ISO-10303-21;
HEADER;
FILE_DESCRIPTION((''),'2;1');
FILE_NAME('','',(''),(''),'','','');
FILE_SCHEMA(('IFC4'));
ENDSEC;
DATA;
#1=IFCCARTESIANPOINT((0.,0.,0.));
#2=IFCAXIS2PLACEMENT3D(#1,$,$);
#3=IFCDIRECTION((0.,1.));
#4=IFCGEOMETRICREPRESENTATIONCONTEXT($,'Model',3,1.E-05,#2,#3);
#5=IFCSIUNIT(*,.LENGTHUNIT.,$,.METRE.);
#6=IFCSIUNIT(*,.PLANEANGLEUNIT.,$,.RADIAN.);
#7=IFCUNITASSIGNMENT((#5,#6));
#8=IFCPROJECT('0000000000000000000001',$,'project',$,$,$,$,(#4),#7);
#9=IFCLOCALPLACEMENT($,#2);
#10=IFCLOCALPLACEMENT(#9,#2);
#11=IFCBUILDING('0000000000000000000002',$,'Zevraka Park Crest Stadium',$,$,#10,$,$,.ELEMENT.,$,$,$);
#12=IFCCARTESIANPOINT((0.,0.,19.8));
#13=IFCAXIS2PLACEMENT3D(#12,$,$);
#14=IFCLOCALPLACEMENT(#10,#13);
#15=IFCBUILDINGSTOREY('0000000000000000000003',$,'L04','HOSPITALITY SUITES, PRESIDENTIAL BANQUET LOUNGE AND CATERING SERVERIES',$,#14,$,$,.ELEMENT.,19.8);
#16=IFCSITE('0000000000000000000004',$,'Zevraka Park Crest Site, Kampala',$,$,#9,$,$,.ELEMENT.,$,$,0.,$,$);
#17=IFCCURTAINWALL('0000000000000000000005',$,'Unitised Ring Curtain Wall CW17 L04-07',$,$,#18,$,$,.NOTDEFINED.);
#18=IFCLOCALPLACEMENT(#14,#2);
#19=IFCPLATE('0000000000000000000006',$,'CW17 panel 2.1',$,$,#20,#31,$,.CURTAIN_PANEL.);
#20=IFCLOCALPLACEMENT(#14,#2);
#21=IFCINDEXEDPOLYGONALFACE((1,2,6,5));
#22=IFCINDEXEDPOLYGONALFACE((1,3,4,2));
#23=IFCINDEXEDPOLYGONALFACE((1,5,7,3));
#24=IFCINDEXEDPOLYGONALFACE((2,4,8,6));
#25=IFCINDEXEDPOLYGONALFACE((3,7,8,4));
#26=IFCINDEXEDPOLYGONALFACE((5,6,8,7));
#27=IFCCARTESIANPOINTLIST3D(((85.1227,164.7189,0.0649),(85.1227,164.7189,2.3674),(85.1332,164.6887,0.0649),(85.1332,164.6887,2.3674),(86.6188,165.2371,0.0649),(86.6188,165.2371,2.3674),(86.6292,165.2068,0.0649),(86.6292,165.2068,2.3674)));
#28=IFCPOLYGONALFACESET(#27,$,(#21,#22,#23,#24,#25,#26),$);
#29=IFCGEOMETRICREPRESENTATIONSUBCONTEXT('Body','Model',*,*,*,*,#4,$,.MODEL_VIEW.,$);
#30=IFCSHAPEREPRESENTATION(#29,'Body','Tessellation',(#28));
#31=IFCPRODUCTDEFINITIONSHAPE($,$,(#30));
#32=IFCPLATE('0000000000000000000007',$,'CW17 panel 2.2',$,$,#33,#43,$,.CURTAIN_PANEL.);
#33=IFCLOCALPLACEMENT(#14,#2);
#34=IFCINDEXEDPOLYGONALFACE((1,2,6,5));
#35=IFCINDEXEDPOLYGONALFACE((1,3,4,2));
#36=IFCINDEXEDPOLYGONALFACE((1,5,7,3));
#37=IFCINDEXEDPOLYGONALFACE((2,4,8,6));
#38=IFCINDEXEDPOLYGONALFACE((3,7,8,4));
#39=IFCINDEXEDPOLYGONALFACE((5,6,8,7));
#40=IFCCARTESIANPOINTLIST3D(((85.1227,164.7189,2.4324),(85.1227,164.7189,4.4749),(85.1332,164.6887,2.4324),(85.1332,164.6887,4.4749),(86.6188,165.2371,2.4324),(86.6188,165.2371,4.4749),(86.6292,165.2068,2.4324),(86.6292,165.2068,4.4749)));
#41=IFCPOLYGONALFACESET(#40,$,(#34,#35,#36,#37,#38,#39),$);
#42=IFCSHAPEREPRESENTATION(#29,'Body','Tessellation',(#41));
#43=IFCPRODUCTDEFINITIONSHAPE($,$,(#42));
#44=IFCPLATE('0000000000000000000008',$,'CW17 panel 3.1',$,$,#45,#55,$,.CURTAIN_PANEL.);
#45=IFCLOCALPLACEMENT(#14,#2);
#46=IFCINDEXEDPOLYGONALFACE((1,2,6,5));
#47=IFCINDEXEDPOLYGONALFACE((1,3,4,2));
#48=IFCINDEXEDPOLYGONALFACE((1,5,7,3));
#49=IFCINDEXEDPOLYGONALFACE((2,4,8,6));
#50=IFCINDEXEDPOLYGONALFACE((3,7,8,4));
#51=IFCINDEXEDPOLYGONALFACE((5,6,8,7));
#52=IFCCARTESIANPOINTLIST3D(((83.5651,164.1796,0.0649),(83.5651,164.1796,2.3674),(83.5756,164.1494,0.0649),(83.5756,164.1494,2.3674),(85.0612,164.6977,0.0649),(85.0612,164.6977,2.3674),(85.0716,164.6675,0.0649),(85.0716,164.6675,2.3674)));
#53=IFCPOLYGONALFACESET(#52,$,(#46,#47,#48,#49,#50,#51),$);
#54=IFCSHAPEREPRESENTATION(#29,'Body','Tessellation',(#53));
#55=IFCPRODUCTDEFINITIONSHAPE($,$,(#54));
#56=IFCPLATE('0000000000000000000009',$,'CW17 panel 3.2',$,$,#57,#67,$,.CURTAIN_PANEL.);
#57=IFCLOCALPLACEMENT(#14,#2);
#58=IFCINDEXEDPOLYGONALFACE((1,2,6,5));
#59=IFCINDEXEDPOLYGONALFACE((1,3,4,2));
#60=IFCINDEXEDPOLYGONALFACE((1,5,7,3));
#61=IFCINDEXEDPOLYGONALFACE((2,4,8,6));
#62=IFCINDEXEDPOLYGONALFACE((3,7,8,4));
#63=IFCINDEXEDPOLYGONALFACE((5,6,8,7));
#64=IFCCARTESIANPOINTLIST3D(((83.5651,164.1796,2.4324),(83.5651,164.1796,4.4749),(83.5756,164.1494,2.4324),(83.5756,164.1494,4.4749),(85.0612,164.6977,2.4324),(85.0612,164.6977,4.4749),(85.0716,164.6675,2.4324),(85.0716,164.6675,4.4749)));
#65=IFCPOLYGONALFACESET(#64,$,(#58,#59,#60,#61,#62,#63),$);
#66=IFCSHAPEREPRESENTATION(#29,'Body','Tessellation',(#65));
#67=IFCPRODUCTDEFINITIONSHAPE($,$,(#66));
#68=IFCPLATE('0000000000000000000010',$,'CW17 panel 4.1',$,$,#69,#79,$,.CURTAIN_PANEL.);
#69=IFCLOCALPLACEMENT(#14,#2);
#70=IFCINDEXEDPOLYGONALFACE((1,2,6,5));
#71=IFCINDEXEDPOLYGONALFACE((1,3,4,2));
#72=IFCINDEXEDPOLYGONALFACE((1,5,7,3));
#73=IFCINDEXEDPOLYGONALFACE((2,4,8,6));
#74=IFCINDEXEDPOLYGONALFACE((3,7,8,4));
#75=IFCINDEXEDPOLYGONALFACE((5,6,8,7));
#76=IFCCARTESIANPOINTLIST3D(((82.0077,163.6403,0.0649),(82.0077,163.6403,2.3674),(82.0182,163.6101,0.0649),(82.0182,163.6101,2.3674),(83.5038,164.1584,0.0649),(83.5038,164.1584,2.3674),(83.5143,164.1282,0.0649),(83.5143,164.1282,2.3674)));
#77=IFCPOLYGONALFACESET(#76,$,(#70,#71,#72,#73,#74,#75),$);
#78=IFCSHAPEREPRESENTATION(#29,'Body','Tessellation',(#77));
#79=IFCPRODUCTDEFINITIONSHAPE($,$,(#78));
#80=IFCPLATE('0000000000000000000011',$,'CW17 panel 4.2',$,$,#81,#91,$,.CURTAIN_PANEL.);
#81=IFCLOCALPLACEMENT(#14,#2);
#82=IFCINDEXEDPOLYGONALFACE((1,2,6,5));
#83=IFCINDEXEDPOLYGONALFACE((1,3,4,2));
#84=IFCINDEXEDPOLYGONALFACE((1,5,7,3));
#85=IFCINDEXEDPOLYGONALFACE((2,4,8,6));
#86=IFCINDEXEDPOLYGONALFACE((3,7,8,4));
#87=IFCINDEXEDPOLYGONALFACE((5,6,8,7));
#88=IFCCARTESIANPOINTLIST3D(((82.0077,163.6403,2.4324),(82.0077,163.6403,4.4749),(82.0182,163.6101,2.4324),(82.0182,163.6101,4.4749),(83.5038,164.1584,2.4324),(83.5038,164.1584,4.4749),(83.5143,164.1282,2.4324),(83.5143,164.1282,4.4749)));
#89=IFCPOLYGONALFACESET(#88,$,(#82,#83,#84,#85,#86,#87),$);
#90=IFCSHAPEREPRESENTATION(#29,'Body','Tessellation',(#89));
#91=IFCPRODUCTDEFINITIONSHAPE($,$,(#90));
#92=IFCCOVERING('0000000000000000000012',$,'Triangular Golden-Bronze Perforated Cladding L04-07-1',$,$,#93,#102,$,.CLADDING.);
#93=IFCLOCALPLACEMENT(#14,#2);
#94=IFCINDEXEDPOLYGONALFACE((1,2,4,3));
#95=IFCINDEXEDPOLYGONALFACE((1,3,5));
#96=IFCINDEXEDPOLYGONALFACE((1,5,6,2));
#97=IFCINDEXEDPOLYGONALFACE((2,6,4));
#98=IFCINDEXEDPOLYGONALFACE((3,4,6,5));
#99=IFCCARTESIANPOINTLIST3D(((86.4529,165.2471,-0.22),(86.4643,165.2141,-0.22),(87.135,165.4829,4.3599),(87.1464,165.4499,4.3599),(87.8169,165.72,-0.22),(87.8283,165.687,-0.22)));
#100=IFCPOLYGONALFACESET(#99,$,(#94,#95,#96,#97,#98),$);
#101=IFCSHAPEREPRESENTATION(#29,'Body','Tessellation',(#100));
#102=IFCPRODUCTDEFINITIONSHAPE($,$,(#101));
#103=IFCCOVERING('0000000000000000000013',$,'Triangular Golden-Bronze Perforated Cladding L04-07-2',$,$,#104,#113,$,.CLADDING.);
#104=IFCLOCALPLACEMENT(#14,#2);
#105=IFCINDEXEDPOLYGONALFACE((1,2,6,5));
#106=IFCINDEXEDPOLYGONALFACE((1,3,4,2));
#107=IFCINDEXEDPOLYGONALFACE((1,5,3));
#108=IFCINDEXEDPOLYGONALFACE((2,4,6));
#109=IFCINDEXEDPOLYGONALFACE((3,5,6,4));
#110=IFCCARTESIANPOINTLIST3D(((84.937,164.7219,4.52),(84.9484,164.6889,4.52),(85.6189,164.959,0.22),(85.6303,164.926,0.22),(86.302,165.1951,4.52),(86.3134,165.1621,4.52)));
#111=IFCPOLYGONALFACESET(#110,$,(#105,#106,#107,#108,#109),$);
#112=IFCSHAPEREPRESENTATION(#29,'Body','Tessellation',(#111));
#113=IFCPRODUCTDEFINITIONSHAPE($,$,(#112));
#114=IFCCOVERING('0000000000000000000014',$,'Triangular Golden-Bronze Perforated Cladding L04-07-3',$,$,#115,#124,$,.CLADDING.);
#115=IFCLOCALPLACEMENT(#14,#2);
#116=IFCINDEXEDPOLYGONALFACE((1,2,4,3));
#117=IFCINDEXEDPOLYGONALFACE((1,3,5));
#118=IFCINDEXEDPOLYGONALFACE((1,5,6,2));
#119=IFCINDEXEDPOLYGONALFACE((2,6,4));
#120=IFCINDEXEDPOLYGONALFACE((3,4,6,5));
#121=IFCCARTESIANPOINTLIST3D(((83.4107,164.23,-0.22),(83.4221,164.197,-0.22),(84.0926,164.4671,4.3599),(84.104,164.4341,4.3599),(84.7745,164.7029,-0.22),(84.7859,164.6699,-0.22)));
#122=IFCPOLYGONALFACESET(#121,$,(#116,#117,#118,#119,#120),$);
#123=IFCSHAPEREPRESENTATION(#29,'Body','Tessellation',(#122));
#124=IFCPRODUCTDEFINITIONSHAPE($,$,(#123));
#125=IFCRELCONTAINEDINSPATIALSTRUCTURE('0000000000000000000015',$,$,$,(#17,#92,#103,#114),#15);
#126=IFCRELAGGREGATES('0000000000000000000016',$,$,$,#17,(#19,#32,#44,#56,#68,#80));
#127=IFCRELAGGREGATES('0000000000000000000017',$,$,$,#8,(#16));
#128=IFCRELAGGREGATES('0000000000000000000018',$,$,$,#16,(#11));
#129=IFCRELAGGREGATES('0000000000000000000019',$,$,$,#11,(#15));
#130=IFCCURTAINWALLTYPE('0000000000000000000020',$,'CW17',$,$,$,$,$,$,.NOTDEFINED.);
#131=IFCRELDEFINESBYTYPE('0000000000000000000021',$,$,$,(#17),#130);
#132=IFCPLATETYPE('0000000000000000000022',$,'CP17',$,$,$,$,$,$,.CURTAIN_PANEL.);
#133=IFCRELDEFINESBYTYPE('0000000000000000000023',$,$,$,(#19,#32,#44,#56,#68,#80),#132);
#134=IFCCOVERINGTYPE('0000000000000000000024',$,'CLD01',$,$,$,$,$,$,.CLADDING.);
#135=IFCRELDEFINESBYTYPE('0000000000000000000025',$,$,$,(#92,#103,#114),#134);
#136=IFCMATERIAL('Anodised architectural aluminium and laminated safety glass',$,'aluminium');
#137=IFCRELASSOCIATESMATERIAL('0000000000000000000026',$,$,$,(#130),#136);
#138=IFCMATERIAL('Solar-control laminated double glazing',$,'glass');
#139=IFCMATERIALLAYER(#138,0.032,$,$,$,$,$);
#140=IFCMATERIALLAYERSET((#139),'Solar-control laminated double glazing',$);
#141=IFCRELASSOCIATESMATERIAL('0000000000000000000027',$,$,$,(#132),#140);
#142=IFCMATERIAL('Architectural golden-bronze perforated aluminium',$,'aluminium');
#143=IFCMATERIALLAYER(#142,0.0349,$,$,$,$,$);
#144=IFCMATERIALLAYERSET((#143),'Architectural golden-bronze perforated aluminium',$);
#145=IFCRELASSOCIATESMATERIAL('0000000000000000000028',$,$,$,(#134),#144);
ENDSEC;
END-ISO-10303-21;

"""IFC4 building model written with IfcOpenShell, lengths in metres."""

from ifc_helpers import new_model, si_unit, direction, frame, origin, origin_2d, place, context, subcontext, project, spatial, polyline, rectangle, outline, extrude, material, layer, layer_set, type_object, element, aggregate, save


model = new_model("IFC4")

# Units and contexts
model_context = context("Model", 3, precision=1e-05, world=origin(), true_north=direction((0.0, 1.0)))
body_context = subcontext(model_context, "Body", "Model", "MODEL_VIEW")
ifc_project = project(units=[si_unit("LENGTHUNIT", "METRE"), si_unit("PLANEANGLEUNIT", "RADIAN")], contexts=[model_context])

# Site, building, storey
site_placement = place(None, origin())
site = spatial("IfcSite", under=ifc_project, at=site_placement, Name="Zevraka Park Crest Site, Kampala", CompositionType="ELEMENT", RefElevation=0.0)
building_placement = place(site_placement, origin())
building = spatial("IfcBuilding", under=site, at=building_placement, Name="Zevraka Park Crest Stadium", CompositionType="ELEMENT")
storey_placement = place(building_placement, frame((0.0, 0.0, 19.8)))
storey = spatial("IfcBuildingStorey", under=building, at=storey_placement, Name="L04", Description="HOSPITALITY SUITES, PRESIDENTIAL BANQUET LOUNGE AND CATERING SERVERIES", CompositionType="ELEMENT", Elevation=19.8)

# Curtain wall, plates
ifc_material_1 = material(Name="Anodised architectural aluminium and laminated safety glass", Category="aluminium")
curtain_wall_type = type_object("IfcCurtainWallType", Name="CW17", PredefinedType="NOTDEFINED", material=ifc_material_1)
curtain_wall_placement = place(storey_placement, origin())
curtain_wall = element("IfcCurtainWall", 1, at=curtain_wall_placement, inside=storey, type_object=curtain_wall_type, Name="Unitised Ring Curtain Wall CW17 L04-07", PredefinedType="NOTDEFINED")
ifc_material_2 = material(Name="Solar-control laminated double glazing", Category="glass")
ifc_layer_1 = layer(ifc_material_2, 0.032)
ifc_layer_set_1 = layer_set([ifc_layer_1], Name="Solar-control laminated double glazing")
plate_type = type_object("IfcPlateType", Name="CP17", PredefinedType="CURTAIN_PANEL", material=ifc_layer_set_1)
plate_1_placement = place(storey_placement, frame((85.876, 164.9629, 0.0649), z_axis=(0.0, 0.0, 1.0), x_axis=(-0.94494, -0.327245, 0.0)))
plate_1 = element("IfcPlate", 2, at=plate_1_placement, type_object=plate_type, Name="CW17 panel 2.1", PredefinedType="CURTAIN_PANEL", context=body_context, shape_type="SweptSolid", body=[
    extrude(rectangle(XDim=1.5833, YDim=0.032, at=origin_2d()), origin(), (0.0, 0.0, 1.0), 2.3025),
])
plate_2_placement = place(storey_placement, frame((85.876, 164.9629, 2.4324), z_axis=(0.0, 0.0, 1.0), x_axis=(-0.94494, -0.327245, 0.0)))
plate_2 = element("IfcPlate", 3, at=plate_2_placement, type_object=plate_type, Name="CW17 panel 2.2", PredefinedType="CURTAIN_PANEL", context=body_context, shape_type="SweptSolid", body=[
    extrude(rectangle(XDim=1.5833, YDim=0.032, at=origin_2d()), origin(), (0.0, 0.0, 1.0), 2.0425),
])
plate_3_placement = place(storey_placement, frame((84.3184, 164.4236, 0.0649), z_axis=(0.0, 0.0, 1.0), x_axis=(-0.94494, -0.327245, 0.0)))
plate_3 = element("IfcPlate", 4, at=plate_3_placement, type_object=plate_type, Name="CW17 panel 3.1", PredefinedType="CURTAIN_PANEL", context=body_context, shape_type="SweptSolid", body=[
    extrude(rectangle(XDim=1.5833, YDim=0.032, at=origin_2d()), origin(), (0.0, 0.0, 1.0), 2.3025),
])
plate_4_placement = place(storey_placement, frame((84.3184, 164.4236, 2.4324), z_axis=(0.0, 0.0, 1.0), x_axis=(-0.94494, -0.327245, 0.0)))
plate_4 = element("IfcPlate", 5, at=plate_4_placement, type_object=plate_type, Name="CW17 panel 3.2", PredefinedType="CURTAIN_PANEL", context=body_context, shape_type="SweptSolid", body=[
    extrude(rectangle(XDim=1.5833, YDim=0.032, at=origin_2d()), origin(), (0.0, 0.0, 1.0), 2.0425),
])
plate_5_placement = place(storey_placement, frame((82.761, 163.8843, 0.0649), z_axis=(0.0, 0.0, 1.0), x_axis=(-0.94494, -0.327245, 0.0)))
plate_5 = element("IfcPlate", 6, at=plate_5_placement, type_object=plate_type, Name="CW17 panel 4.1", PredefinedType="CURTAIN_PANEL", context=body_context, shape_type="SweptSolid", body=[
    extrude(rectangle(XDim=1.5833, YDim=0.032, at=origin_2d()), origin(), (0.0, 0.0, 1.0), 2.3025),
])
plate_6_placement = place(storey_placement, frame((82.761, 163.8843, 2.4324), z_axis=(0.0, 0.0, 1.0), x_axis=(-0.94494, -0.327245, 0.0)))
plate_6 = element("IfcPlate", 7, at=plate_6_placement, type_object=plate_type, Name="CW17 panel 4.2", PredefinedType="CURTAIN_PANEL", context=body_context, shape_type="SweptSolid", body=[
    extrude(rectangle(XDim=1.5833, YDim=0.032, at=origin_2d()), origin(), (0.0, 0.0, 1.0), 2.0425),
])
aggregate(curtain_wall, [plate_1, plate_2, plate_3, plate_4, plate_5, plate_6])

# Coverings
ifc_material_3 = material(Name="Architectural golden-bronze perforated aluminium", Category="aluminium")
ifc_layer_2 = layer(ifc_material_3, 0.0349)
ifc_layer_set_2 = layer_set([ifc_layer_2], Name="Architectural golden-bronze perforated aluminium")
covering_type = type_object("IfcCoveringType", Name="CLD01", PredefinedType="CLADDING", material=ifc_layer_set_2)
covering_1_placement = place(storey_placement, frame((87.8169, 165.72, -0.22), z_axis=(-0.327569, 0.944827, 0.000135), x_axis=(-0.944827, -0.327569, 0.0)))
element("IfcCovering", 8, at=covering_1_placement, inside=storey, type_object=covering_type, Name="Triangular Golden-Bronze Perforated Cladding L04-07-1", PredefinedType="CLADDING", context=body_context, shape_type="SweptSolid", body=[
    extrude(outline(polyline([(0.0, 0.0), (1.4437, 0.0), (0.7219, 4.5798), (0.0, 0.0)])), origin(), (0.0, 0.0, -1.0), 0.0349),
])
covering_2_placement = place(storey_placement, frame((84.937, 164.7219, 4.52), z_axis=(-0.327511, 0.944847, 0.000154), x_axis=(0.944847, 0.327511, 0.0)))
element("IfcCovering", 9, at=covering_2_placement, inside=storey, type_object=covering_type, Name="Triangular Golden-Bronze Perforated Cladding L04-07-2", PredefinedType="CLADDING", context=body_context, shape_type="SweptSolid", body=[
    extrude(outline(polyline([(0.0, 0.0), (1.4447, 0.0), (0.7219, 4.3), (0.0, 0.0)])), origin(), (0.0, 0.0, -1.0), 0.0349),
])
covering_3_placement = place(storey_placement, frame((84.7859, 164.6699, -0.22), z_axis=(0.327622, -0.944809, 0.000126), x_axis=(-0.944809, -0.327622, 0.0)))
element("IfcCovering", 10, at=covering_3_placement, inside=storey, type_object=covering_type, Name="Triangular Golden-Bronze Perforated Cladding L04-07-3", PredefinedType="CLADDING", context=body_context, shape_type="SweptSolid", body=[
    extrude(outline(polyline([(0.0, 0.0), (1.4434, 0.0), (0.7215, -4.5798), (0.0, 0.0)])), origin(), (0.0, 0.0, -1.0), 0.0349),
])

save(model, "model.ifc")
